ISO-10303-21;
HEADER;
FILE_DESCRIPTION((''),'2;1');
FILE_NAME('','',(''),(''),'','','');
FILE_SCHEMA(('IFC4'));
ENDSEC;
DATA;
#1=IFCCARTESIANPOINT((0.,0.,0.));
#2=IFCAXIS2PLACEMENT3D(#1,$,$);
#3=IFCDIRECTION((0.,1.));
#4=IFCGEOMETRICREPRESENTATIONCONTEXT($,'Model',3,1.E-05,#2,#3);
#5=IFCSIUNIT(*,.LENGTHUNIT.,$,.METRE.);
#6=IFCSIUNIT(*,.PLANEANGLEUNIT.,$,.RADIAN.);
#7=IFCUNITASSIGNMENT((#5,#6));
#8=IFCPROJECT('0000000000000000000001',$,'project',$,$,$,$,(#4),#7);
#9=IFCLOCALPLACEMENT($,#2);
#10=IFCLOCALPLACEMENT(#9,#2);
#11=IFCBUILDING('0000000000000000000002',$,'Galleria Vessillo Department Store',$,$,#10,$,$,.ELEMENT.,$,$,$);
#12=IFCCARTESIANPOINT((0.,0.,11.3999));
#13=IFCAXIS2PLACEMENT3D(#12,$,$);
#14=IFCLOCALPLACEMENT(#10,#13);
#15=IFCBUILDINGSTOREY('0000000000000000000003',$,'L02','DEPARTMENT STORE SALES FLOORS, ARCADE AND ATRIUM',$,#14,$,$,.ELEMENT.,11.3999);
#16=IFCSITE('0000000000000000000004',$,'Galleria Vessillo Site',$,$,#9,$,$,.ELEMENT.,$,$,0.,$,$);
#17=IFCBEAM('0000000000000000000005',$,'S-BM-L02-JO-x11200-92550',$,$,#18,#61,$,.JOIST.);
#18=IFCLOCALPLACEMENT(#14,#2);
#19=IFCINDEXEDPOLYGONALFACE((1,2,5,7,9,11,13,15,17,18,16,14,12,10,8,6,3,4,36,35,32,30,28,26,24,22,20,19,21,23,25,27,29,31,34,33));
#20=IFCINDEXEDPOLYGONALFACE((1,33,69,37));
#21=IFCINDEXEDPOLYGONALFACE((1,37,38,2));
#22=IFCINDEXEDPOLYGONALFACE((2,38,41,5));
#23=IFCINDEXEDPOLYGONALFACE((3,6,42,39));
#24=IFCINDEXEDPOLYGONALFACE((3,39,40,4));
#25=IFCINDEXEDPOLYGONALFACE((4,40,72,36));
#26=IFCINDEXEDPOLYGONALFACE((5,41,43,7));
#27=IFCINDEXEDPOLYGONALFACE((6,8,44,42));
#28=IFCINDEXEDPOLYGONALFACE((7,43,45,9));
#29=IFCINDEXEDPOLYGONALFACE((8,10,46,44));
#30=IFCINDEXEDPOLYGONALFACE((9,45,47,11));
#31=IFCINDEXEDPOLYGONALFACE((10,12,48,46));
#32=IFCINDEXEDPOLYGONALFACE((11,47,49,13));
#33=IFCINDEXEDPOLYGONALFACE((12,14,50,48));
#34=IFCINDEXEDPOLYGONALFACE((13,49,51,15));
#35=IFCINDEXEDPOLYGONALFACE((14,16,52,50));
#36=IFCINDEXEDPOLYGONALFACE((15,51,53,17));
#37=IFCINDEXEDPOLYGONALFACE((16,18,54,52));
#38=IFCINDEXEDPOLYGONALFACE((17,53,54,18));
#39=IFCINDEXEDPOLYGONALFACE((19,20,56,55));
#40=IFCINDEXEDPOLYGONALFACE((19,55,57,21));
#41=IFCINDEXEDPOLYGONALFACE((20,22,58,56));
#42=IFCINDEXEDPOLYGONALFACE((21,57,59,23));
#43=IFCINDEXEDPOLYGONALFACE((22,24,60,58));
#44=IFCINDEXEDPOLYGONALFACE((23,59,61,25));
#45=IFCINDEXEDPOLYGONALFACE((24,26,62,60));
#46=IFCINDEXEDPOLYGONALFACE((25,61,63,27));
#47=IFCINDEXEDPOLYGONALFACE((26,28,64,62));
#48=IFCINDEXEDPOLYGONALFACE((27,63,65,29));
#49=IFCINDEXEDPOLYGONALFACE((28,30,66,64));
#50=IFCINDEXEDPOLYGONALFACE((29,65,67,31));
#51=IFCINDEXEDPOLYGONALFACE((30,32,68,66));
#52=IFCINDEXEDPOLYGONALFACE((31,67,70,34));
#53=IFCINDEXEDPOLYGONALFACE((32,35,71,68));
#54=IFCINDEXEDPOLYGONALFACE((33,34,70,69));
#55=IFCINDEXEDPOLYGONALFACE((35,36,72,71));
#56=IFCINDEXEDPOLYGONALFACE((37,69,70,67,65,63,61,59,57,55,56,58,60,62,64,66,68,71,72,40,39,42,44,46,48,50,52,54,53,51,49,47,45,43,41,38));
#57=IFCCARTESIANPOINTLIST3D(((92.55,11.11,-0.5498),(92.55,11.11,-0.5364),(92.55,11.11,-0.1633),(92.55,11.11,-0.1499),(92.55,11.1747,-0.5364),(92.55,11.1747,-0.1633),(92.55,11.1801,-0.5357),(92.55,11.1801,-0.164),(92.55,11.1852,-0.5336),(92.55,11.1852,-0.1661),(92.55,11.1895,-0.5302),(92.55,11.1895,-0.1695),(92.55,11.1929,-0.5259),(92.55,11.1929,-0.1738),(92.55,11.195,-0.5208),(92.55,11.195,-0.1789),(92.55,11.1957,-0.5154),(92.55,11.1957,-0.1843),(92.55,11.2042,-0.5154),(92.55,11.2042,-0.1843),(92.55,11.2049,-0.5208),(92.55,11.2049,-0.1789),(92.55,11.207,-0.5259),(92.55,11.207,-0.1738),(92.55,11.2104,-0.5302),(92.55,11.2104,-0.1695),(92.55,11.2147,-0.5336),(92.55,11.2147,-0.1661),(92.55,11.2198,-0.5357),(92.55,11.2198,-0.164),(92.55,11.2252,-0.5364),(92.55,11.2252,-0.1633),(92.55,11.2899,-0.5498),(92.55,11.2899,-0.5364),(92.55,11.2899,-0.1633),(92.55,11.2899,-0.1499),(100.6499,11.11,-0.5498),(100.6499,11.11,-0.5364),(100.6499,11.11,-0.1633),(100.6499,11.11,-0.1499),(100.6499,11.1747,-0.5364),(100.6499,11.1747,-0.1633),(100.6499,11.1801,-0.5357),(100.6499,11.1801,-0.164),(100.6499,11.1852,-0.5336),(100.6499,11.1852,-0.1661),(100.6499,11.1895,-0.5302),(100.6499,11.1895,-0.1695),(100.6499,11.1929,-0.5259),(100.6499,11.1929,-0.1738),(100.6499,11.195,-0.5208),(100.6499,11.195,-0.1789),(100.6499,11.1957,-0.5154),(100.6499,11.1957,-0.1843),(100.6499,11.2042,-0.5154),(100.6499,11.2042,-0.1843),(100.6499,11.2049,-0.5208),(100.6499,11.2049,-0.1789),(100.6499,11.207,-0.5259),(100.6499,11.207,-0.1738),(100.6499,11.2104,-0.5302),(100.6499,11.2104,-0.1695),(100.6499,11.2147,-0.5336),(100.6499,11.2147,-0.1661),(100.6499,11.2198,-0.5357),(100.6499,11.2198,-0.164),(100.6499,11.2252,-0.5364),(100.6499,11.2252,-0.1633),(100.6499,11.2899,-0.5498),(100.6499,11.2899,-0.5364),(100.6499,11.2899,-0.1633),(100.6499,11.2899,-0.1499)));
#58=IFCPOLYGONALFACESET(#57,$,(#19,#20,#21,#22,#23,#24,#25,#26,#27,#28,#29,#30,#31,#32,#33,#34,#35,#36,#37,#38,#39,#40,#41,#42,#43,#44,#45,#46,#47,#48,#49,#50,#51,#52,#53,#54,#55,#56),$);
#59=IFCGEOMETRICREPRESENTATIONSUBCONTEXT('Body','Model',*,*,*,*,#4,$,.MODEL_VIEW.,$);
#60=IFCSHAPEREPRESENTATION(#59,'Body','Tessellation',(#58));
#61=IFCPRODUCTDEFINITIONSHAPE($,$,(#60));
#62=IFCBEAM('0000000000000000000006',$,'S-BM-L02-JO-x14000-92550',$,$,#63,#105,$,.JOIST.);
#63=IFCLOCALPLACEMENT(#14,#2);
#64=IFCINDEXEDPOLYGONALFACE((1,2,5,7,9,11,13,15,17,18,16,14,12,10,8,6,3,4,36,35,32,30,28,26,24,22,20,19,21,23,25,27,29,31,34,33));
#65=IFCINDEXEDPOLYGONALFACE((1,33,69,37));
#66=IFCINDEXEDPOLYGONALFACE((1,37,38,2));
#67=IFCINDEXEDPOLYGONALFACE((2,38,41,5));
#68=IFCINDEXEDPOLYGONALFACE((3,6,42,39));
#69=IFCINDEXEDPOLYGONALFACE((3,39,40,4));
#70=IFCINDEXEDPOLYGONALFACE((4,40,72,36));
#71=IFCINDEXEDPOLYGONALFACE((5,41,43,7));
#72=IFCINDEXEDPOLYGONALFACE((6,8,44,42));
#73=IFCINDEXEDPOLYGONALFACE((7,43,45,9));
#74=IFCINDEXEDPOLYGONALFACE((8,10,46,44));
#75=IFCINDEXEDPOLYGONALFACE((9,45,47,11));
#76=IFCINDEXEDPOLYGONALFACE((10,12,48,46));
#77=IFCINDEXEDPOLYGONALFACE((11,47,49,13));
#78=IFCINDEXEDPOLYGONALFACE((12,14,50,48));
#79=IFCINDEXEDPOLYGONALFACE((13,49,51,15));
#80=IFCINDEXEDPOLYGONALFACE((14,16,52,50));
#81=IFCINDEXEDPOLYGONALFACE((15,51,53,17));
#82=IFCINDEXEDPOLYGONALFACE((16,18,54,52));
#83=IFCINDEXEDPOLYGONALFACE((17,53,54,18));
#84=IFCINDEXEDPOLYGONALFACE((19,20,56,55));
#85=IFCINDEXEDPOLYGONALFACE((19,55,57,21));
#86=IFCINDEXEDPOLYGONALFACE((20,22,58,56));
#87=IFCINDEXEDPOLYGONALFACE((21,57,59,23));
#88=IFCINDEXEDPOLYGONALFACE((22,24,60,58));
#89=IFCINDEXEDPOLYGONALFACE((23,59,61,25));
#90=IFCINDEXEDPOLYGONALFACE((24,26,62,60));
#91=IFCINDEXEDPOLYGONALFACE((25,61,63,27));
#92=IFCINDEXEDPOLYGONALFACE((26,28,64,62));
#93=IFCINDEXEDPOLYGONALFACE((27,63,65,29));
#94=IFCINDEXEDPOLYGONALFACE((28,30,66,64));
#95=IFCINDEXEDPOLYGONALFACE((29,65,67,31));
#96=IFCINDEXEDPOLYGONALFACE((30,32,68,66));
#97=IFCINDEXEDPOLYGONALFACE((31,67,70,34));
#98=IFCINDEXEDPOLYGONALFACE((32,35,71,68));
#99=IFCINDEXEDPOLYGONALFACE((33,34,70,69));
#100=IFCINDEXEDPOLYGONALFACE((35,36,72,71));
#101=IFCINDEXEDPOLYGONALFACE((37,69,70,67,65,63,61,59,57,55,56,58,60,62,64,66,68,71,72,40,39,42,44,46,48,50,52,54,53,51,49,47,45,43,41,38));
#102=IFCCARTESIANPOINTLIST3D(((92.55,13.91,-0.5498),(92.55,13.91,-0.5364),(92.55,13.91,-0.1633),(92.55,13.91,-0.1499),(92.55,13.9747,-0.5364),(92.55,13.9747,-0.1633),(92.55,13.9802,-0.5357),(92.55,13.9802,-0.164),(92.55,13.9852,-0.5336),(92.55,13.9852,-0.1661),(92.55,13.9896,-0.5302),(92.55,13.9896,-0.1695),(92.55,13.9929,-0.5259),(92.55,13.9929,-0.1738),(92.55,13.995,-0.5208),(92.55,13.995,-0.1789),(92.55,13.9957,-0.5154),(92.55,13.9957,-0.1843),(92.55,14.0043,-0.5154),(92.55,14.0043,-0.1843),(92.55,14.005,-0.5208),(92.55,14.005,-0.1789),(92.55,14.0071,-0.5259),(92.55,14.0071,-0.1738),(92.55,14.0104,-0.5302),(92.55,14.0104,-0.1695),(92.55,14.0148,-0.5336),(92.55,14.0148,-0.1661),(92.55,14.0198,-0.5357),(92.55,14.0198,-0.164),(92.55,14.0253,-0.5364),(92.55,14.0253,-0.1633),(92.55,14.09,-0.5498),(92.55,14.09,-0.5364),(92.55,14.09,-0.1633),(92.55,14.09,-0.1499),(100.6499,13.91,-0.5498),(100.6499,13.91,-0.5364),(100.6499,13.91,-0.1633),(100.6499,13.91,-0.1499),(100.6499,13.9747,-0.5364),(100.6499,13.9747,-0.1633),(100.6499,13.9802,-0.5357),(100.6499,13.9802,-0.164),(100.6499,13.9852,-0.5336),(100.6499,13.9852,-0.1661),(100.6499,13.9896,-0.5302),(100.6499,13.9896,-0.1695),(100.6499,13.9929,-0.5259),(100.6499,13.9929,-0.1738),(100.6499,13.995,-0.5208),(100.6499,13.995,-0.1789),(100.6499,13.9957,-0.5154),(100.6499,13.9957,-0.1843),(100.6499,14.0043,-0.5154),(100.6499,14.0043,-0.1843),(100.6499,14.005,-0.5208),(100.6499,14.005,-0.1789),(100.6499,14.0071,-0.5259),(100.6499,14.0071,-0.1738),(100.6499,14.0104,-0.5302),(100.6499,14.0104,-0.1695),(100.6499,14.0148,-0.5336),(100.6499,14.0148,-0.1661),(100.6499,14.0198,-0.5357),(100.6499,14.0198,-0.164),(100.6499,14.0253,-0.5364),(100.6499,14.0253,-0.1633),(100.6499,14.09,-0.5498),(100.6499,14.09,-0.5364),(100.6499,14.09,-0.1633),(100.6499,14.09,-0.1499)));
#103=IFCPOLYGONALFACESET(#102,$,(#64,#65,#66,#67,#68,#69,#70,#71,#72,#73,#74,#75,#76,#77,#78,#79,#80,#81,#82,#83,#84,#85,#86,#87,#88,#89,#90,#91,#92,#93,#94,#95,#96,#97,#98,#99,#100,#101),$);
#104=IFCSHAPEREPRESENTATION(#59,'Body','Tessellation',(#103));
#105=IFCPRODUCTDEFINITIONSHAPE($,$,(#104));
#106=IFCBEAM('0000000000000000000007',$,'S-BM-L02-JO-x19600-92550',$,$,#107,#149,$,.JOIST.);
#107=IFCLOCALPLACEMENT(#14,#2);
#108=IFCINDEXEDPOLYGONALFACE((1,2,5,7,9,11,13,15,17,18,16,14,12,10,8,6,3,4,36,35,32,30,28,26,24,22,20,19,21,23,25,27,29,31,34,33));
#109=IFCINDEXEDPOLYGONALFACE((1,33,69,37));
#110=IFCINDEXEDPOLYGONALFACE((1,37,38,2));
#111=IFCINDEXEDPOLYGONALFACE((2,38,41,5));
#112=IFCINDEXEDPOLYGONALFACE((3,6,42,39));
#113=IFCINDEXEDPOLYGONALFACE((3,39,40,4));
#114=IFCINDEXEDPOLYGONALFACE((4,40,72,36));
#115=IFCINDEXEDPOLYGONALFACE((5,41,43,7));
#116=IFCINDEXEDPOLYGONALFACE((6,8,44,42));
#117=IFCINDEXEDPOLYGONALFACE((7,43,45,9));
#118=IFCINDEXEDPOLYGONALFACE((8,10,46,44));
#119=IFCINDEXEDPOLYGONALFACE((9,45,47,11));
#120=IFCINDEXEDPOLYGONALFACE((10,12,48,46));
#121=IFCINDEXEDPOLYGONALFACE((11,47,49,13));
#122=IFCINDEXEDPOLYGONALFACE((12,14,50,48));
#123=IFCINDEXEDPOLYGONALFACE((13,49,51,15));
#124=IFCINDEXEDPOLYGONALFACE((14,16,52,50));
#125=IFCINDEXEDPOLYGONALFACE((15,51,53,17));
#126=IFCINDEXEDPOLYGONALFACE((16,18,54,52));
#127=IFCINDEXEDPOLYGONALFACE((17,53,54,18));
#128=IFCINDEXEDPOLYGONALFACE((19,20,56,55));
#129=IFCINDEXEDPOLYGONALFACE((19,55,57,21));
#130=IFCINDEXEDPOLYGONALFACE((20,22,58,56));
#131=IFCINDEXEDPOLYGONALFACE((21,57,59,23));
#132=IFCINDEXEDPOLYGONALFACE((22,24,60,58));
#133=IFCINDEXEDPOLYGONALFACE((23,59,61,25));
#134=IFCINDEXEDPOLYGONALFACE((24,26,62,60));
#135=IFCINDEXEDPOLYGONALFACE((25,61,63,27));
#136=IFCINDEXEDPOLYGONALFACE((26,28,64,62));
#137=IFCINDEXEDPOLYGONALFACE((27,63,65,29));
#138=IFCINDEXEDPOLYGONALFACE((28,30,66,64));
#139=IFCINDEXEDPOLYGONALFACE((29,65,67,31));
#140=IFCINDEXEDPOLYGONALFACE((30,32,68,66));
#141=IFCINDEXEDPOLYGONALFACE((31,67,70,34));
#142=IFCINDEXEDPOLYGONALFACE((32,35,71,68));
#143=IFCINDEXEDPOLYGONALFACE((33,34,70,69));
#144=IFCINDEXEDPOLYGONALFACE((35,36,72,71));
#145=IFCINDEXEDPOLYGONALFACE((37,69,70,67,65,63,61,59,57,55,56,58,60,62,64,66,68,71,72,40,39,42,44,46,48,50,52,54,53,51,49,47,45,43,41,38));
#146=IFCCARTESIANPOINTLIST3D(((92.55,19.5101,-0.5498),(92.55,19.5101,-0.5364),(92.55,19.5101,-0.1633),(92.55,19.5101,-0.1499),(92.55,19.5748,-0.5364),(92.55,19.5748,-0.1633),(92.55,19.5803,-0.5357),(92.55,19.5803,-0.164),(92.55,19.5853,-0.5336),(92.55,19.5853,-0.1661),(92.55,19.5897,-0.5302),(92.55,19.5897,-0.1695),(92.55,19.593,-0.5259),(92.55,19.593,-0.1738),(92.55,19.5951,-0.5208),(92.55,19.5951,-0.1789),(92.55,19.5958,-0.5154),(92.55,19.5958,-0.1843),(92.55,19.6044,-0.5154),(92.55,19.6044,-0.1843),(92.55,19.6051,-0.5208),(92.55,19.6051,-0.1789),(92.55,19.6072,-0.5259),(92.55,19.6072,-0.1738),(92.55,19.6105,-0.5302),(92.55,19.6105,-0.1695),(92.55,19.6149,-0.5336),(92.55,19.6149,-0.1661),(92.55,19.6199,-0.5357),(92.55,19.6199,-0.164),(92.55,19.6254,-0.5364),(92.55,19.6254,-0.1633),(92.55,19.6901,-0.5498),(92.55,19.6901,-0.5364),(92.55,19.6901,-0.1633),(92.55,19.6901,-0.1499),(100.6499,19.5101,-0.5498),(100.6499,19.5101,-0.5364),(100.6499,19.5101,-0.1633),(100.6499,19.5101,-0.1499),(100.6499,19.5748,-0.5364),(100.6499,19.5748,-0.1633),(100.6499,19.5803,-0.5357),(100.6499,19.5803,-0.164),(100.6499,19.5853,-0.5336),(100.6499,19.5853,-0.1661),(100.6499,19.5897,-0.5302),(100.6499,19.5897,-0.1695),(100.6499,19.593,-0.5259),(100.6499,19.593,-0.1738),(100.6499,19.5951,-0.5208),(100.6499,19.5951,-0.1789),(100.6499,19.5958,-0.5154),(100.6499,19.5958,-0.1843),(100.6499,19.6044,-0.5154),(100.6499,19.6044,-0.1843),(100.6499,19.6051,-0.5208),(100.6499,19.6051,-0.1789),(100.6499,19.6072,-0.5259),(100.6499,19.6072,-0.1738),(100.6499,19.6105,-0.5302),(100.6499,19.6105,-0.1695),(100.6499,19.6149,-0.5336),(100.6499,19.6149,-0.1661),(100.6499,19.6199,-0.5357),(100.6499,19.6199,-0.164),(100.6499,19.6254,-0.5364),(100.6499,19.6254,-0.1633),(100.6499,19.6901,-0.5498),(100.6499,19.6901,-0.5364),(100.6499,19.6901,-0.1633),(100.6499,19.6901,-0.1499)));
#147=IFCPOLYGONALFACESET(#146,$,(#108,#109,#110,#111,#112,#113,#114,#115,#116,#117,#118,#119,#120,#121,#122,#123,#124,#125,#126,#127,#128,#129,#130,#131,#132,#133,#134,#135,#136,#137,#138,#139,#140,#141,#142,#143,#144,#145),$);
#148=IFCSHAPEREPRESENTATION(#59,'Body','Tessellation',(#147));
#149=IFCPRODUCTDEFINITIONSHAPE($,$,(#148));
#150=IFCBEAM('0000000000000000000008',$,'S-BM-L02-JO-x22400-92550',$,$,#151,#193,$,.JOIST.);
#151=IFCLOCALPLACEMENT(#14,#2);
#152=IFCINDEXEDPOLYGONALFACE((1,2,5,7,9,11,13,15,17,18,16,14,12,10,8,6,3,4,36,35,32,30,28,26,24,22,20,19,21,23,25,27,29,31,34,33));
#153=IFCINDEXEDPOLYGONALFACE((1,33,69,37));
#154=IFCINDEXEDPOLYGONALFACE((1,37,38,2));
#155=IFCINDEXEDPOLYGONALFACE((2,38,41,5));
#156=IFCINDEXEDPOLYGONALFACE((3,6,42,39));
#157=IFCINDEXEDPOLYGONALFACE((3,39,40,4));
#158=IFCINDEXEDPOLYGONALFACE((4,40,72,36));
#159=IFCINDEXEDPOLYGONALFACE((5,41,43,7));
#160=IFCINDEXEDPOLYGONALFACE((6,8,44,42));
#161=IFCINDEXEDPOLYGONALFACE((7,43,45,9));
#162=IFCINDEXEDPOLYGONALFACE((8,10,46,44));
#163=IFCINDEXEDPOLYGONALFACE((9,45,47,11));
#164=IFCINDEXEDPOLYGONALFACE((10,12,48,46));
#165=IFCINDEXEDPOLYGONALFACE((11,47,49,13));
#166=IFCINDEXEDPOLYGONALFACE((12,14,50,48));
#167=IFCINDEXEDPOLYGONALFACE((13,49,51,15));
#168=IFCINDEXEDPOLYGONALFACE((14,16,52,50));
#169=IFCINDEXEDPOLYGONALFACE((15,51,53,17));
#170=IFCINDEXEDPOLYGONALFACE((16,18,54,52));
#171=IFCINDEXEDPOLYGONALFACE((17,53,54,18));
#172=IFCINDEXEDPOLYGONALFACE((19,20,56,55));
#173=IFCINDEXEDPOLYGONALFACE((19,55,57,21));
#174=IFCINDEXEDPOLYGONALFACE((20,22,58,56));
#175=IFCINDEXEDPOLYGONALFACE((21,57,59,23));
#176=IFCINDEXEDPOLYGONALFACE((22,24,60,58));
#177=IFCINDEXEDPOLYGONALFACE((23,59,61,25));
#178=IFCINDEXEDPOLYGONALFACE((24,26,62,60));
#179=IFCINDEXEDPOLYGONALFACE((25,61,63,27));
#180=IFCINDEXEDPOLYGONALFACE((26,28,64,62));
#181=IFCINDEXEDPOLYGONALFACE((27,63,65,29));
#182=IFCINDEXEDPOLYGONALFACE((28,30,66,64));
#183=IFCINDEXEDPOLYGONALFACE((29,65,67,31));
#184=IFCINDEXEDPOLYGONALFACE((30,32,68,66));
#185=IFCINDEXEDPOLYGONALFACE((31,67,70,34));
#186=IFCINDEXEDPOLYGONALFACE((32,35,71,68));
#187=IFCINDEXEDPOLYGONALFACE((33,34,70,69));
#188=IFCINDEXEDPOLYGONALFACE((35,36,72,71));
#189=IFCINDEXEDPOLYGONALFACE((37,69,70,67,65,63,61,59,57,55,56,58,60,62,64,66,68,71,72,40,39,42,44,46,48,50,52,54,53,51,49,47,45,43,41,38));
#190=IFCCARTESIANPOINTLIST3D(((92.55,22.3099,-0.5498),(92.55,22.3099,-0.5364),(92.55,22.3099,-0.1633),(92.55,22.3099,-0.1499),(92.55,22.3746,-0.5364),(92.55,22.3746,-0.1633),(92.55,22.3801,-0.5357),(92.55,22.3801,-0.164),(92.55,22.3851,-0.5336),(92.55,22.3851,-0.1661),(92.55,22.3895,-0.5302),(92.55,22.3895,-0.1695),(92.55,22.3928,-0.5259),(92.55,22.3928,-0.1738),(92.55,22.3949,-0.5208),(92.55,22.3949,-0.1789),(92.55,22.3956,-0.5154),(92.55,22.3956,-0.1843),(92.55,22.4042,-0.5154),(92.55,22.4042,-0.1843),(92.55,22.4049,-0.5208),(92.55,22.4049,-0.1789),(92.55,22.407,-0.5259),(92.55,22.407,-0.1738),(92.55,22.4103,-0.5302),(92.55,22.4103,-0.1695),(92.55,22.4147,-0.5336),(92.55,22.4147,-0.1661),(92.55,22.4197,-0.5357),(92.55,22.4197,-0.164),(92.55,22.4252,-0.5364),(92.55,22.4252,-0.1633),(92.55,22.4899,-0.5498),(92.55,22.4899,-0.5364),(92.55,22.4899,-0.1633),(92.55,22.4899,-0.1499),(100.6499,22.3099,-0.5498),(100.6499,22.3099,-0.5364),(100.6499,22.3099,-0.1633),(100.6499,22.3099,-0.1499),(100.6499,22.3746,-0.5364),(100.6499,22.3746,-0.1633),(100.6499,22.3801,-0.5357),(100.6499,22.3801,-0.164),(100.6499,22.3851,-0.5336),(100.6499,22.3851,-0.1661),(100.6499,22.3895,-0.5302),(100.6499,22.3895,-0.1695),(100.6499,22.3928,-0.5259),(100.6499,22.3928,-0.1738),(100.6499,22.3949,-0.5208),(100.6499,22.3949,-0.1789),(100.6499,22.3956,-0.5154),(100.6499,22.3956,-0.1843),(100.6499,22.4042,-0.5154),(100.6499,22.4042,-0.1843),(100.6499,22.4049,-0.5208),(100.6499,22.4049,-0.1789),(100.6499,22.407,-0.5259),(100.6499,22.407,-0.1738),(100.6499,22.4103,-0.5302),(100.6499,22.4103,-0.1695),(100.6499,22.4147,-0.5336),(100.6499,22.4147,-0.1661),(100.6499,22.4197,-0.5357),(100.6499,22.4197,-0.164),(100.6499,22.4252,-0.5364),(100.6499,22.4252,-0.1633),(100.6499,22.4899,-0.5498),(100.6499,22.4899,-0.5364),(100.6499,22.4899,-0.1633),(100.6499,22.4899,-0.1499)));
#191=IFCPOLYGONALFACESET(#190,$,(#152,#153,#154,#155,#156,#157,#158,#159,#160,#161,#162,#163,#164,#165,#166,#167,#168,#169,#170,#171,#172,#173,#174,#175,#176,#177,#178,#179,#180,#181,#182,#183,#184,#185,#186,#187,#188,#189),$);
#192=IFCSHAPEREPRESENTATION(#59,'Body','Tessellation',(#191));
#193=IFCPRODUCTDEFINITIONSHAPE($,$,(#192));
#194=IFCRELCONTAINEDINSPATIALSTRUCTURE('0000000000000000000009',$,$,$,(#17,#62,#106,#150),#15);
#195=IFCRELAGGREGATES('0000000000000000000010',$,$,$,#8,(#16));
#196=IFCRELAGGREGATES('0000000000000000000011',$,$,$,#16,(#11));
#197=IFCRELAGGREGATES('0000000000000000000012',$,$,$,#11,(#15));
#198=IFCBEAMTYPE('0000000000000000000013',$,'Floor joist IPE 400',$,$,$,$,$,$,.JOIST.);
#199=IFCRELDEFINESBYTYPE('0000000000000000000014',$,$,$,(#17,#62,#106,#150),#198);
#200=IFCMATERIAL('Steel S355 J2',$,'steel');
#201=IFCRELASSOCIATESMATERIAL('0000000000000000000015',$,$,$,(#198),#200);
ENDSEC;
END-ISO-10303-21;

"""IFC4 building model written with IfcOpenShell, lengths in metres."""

from ifc_helpers import new_model, si_unit, direction, frame, origin, origin_2d, place, context, subcontext, project, spatial, i_section, extrude, material, material_profile, profile_set, type_object, element, save


model = new_model("IFC4")

# Units and contexts
model_context = context("Model", 3, precision=1e-05, world=origin(), true_north=direction((0.0, 1.0)))
body_context = subcontext(model_context, "Body", "Model", "MODEL_VIEW")
ifc_project = project(units=[si_unit("LENGTHUNIT", "METRE"), si_unit("PLANEANGLEUNIT", "RADIAN")], contexts=[model_context])

# Site, building, storey
site_placement = place(None, origin())
site = spatial("IfcSite", under=ifc_project, at=site_placement, Name="Galleria Vessillo Site", CompositionType="ELEMENT", RefElevation=0.0)
building_placement = place(site_placement, origin())
building = spatial("IfcBuilding", under=site, at=building_placement, Name="Galleria Vessillo Department Store", CompositionType="ELEMENT")
storey_placement = place(building_placement, frame((0.0, 0.0, 11.3999)))
storey = spatial("IfcBuildingStorey", under=building, at=storey_placement, Name="L02", Description="DEPARTMENT STORE SALES FLOORS, ARCADE AND ATRIUM", CompositionType="ELEMENT", Elevation=11.3999)

# Beams
ifc_material_1 = material(Name="Steel S355 J2", Category="steel")
ifc_material_profile_1 = material_profile(ifc_material_1, i_section(OverallWidth=0.1799, OverallDepth=0.3999, WebThickness=0.0085, FlangeThickness=0.0134, FilletRadius=0.021, at=origin_2d()), Name="IPE 400")
ifc_profile_set_1 = profile_set([ifc_material_profile_1], Name="Steel S355 J2")
beam_type_1 = type_object("IfcBeamType", Name="Floor joist IPE 400", PredefinedType="JOIST", material=ifc_profile_set_1)
for number, where, z_axis, x_axis, name in (
    (1, (92.55, 11.2, -0.3499), (1.0, 0.0, 0.0), (0.0, 1.0, 0.0), "S-BM-L02-JO-x11200-92550"),
    (2, (92.55, 14.0, -0.3499), (1.0, 0.0, 0.0), (0.0, 1.0, 0.0), "S-BM-L02-JO-x14000-92550"),
    (3, (92.55, 19.6001, -0.3499), (1.0, 0.0, 0.0), (0.0, 1.0, 0.0), "S-BM-L02-JO-x19600-92550"),
    (4, (92.55, 22.3999, -0.3499), (1.0, 0.0, 0.0), (0.0, 1.0, 0.0), "S-BM-L02-JO-x22400-92550"),
):
    element("IfcBeam", number, at=place(storey_placement, frame(where, z_axis=z_axis, x_axis=x_axis)), inside=storey, type_object=beam_type_1, Name=name, PredefinedType="JOIST", context=body_context, shape_type="SweptSolid", body=[
        extrude(i_section(OverallWidth=0.1799, OverallDepth=0.3999, WebThickness=0.0085, FlangeThickness=0.0134, FilletRadius=0.021, at=origin_2d()), origin(), (0.0, 0.0, 1.0), 8.0999),
    ])

save(model, "model.ifc")
